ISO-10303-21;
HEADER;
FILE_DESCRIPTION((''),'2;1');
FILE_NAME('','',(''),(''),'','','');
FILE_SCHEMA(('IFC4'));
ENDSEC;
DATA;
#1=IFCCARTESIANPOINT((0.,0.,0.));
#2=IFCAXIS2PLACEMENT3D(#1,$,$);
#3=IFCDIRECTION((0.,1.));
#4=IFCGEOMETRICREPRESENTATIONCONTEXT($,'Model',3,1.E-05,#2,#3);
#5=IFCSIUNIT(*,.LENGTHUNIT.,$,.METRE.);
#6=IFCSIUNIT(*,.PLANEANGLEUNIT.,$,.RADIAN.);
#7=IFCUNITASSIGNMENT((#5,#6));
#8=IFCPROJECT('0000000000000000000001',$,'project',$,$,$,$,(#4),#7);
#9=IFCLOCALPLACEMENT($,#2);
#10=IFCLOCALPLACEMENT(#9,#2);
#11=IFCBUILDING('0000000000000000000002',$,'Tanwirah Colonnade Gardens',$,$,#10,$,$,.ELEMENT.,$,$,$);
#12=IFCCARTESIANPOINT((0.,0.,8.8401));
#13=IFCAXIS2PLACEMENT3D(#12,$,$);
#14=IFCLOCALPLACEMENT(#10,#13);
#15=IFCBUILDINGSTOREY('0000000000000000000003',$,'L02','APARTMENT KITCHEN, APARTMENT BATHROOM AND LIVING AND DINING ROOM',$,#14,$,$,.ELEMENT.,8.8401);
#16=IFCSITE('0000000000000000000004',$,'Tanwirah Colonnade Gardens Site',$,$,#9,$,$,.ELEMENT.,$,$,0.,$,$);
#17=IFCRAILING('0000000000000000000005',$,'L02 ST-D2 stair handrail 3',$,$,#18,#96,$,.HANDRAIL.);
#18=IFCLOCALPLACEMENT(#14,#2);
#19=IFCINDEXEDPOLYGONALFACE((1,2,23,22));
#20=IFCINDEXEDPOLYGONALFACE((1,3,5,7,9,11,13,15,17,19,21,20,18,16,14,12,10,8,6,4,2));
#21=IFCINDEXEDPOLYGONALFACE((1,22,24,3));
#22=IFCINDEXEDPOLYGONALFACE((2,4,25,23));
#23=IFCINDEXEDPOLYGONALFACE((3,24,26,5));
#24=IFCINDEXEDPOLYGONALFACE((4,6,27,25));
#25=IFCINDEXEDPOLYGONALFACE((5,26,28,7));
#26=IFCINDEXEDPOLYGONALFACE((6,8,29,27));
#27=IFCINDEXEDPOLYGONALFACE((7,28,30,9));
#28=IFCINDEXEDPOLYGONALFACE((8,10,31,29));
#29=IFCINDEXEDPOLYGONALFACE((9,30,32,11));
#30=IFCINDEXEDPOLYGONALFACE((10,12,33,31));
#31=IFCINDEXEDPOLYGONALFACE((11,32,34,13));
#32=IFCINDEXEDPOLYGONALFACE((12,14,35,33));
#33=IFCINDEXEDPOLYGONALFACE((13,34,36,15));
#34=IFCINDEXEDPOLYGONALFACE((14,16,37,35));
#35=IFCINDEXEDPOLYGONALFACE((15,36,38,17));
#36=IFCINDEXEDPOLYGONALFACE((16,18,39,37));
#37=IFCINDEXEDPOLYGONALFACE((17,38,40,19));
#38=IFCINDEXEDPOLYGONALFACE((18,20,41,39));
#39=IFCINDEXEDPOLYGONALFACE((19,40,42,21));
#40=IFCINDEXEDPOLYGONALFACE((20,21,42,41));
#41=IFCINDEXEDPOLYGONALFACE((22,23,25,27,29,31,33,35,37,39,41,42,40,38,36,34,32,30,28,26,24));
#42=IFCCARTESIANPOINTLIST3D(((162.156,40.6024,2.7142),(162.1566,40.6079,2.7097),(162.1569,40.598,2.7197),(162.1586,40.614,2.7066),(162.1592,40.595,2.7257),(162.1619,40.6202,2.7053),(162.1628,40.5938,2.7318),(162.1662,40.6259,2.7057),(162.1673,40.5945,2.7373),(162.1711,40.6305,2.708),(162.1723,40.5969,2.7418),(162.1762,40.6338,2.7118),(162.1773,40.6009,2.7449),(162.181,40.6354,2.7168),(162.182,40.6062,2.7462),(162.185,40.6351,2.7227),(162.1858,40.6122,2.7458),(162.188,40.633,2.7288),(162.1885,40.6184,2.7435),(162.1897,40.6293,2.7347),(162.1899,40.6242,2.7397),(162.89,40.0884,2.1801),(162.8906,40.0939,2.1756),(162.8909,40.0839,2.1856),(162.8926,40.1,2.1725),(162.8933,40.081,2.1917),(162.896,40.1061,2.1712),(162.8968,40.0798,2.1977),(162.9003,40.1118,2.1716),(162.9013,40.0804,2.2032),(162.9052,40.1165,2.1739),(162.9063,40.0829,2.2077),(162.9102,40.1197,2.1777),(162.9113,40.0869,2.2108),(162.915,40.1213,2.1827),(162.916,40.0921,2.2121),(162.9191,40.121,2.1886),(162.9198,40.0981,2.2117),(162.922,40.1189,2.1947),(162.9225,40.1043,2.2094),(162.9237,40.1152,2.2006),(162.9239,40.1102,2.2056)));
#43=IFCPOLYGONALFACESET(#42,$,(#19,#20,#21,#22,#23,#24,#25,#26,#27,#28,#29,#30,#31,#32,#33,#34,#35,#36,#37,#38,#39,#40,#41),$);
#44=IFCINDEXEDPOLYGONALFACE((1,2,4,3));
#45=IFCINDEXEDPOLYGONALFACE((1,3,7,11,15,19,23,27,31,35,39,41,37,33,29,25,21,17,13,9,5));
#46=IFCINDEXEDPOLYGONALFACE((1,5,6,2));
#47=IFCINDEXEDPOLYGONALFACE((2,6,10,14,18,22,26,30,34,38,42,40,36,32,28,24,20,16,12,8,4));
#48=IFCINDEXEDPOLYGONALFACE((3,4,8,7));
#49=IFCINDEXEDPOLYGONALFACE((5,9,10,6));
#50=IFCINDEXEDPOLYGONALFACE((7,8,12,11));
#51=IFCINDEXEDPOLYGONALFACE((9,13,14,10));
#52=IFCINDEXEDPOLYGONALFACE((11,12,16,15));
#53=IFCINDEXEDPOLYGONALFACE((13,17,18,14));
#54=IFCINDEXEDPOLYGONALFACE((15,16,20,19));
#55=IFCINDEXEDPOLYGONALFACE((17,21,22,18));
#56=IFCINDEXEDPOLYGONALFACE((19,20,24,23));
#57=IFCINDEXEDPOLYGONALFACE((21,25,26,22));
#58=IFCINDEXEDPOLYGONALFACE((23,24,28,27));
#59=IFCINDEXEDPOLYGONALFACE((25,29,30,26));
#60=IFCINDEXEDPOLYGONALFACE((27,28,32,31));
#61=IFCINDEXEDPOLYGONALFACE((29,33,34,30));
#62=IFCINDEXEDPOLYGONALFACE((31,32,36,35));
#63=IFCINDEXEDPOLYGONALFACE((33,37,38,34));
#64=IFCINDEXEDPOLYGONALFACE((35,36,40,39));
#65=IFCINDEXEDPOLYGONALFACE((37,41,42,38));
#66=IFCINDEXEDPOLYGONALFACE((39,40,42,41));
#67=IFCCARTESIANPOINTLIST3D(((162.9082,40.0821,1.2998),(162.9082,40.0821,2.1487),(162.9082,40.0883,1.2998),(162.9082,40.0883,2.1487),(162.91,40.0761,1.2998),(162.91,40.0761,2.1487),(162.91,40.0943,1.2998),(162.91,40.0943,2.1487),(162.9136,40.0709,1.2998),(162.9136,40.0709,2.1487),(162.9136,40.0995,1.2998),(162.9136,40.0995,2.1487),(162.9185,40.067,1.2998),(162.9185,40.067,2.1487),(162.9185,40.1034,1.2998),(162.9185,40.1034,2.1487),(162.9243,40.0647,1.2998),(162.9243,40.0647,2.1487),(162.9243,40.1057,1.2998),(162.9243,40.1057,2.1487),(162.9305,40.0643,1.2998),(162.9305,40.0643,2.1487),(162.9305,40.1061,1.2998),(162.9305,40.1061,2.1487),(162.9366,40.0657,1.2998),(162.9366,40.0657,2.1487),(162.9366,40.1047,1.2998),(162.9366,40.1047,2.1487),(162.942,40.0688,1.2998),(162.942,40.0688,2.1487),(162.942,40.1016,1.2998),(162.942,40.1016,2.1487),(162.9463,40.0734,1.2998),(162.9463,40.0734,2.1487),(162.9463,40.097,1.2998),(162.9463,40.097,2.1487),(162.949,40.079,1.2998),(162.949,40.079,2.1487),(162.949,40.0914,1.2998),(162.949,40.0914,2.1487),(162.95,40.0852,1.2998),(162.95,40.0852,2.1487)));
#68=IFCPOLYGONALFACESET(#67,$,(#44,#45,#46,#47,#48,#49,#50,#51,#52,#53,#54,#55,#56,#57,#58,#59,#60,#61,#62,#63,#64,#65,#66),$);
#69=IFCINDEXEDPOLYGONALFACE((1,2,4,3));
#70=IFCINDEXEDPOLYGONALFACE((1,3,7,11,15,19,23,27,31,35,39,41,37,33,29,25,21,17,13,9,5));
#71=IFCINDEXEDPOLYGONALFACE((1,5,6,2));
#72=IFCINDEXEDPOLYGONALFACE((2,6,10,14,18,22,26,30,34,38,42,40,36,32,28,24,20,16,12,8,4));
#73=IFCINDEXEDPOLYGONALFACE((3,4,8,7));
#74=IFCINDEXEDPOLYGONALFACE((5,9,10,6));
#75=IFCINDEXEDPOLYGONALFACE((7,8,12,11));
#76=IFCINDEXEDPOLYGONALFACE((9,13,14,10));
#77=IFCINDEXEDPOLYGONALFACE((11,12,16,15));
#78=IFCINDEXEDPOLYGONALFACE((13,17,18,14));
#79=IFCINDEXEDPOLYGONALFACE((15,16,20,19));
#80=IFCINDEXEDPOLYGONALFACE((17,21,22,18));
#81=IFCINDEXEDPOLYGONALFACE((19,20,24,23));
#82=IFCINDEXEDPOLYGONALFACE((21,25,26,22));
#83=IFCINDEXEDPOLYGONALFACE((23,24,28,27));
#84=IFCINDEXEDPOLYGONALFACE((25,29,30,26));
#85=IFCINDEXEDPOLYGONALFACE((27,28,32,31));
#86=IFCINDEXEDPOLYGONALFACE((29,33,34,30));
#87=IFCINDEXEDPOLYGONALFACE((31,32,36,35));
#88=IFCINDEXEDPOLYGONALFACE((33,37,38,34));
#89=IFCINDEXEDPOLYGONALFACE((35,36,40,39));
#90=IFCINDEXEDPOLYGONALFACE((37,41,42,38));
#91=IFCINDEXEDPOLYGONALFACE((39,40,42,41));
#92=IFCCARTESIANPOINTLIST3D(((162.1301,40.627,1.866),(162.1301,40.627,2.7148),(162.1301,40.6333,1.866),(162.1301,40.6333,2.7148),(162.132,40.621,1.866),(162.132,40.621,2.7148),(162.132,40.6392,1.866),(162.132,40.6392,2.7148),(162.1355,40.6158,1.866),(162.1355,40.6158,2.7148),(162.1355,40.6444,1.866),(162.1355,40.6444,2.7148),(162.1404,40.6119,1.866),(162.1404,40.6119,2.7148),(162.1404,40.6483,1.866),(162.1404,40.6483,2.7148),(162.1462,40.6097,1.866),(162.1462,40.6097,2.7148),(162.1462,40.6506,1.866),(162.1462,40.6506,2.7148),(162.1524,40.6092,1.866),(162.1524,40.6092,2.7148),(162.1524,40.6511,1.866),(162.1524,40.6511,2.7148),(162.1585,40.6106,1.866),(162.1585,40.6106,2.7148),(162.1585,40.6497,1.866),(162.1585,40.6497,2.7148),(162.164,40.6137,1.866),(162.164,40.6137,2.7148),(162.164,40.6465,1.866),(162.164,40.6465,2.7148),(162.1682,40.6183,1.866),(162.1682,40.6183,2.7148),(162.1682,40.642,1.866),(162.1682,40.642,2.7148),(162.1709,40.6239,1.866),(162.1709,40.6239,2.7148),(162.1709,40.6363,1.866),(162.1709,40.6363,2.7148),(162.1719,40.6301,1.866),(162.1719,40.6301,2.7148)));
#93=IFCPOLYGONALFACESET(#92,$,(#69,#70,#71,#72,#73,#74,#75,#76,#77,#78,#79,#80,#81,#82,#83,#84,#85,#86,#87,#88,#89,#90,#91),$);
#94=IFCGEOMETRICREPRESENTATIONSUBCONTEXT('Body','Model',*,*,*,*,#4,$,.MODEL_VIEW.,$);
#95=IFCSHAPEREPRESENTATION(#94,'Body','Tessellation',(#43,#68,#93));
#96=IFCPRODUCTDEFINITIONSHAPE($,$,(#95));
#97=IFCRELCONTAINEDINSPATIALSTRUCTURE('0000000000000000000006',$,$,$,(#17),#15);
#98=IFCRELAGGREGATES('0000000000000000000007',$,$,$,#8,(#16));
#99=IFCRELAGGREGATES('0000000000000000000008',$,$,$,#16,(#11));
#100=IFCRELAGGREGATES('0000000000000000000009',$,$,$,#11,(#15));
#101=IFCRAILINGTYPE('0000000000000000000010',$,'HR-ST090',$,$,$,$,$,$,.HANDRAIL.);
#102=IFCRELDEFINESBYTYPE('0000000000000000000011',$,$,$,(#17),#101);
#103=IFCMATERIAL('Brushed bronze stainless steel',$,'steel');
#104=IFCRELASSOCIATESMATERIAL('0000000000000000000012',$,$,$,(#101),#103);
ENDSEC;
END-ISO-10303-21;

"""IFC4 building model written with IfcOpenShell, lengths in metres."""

from ifc_helpers import new_model, si_unit, direction, frame, origin, origin_2d, place, context, subcontext, project, spatial, circle, extrude, material, type_object, element, save


model = new_model("IFC4")

# Units and contexts
model_context = context("Model", 3, precision=1e-05, world=origin(), true_north=direction((0.0, 1.0)))
body_context = subcontext(model_context, "Body", "Model", "MODEL_VIEW")
ifc_project = project(units=[si_unit("LENGTHUNIT", "METRE"), si_unit("PLANEANGLEUNIT", "RADIAN")], contexts=[model_context])

# Site, building, storey
site_placement = place(None, origin())
site = spatial("IfcSite", under=ifc_project, at=site_placement, Name="Tanwirah Colonnade Gardens Site", CompositionType="ELEMENT", RefElevation=0.0)
building_placement = place(site_placement, origin())
building = spatial("IfcBuilding", under=site, at=building_placement, Name="Tanwirah Colonnade Gardens", CompositionType="ELEMENT")
storey_placement = place(building_placement, frame((0.0, 0.0, 8.8401)))
storey = spatial("IfcBuildingStorey", under=building, at=storey_placement, Name="L02", Description="APARTMENT KITCHEN, APARTMENT BATHROOM AND LIVING AND DINING ROOM", CompositionType="ELEMENT", Elevation=8.8401)

# Railing
ifc_material_1 = material(Name="Brushed bronze stainless steel", Category="steel")
railing_type_1 = type_object("IfcRailingType", Name="HR-ST090", PredefinedType="HANDRAIL", material=ifc_material_1)
railing_1_placement = place(storey_placement, frame((162.929, 40.0852, 1.2998)))
element("IfcRailing", 1, at=railing_1_placement, inside=storey, type_object=railing_type_1, Name="L02 ST-D2 stair handrail 3", PredefinedType="HANDRAIL", context=body_context, shape_type="SweptSolid", body=[
    extrude(circle(Radius=0.0239, at=origin_2d()), frame((-0.022, 0.0154, 0.8918), z_axis=(-0.703607, 0.492767, 0.511975), x_axis=(-0.573652, -0.819099, 0.0)), (0.0, 0.0, 1.0), 1.0432),
    extrude(circle(Radius=0.021, at=origin_2d()), origin(), (0.0, 0.0, 1.0), 0.8489),
    extrude(circle(Radius=0.021, at=origin_2d()), frame((-0.7781, 0.5449, 0.5662)), (0.0, 0.0, 1.0), 0.8489),
])

save(model, "model.ifc")
